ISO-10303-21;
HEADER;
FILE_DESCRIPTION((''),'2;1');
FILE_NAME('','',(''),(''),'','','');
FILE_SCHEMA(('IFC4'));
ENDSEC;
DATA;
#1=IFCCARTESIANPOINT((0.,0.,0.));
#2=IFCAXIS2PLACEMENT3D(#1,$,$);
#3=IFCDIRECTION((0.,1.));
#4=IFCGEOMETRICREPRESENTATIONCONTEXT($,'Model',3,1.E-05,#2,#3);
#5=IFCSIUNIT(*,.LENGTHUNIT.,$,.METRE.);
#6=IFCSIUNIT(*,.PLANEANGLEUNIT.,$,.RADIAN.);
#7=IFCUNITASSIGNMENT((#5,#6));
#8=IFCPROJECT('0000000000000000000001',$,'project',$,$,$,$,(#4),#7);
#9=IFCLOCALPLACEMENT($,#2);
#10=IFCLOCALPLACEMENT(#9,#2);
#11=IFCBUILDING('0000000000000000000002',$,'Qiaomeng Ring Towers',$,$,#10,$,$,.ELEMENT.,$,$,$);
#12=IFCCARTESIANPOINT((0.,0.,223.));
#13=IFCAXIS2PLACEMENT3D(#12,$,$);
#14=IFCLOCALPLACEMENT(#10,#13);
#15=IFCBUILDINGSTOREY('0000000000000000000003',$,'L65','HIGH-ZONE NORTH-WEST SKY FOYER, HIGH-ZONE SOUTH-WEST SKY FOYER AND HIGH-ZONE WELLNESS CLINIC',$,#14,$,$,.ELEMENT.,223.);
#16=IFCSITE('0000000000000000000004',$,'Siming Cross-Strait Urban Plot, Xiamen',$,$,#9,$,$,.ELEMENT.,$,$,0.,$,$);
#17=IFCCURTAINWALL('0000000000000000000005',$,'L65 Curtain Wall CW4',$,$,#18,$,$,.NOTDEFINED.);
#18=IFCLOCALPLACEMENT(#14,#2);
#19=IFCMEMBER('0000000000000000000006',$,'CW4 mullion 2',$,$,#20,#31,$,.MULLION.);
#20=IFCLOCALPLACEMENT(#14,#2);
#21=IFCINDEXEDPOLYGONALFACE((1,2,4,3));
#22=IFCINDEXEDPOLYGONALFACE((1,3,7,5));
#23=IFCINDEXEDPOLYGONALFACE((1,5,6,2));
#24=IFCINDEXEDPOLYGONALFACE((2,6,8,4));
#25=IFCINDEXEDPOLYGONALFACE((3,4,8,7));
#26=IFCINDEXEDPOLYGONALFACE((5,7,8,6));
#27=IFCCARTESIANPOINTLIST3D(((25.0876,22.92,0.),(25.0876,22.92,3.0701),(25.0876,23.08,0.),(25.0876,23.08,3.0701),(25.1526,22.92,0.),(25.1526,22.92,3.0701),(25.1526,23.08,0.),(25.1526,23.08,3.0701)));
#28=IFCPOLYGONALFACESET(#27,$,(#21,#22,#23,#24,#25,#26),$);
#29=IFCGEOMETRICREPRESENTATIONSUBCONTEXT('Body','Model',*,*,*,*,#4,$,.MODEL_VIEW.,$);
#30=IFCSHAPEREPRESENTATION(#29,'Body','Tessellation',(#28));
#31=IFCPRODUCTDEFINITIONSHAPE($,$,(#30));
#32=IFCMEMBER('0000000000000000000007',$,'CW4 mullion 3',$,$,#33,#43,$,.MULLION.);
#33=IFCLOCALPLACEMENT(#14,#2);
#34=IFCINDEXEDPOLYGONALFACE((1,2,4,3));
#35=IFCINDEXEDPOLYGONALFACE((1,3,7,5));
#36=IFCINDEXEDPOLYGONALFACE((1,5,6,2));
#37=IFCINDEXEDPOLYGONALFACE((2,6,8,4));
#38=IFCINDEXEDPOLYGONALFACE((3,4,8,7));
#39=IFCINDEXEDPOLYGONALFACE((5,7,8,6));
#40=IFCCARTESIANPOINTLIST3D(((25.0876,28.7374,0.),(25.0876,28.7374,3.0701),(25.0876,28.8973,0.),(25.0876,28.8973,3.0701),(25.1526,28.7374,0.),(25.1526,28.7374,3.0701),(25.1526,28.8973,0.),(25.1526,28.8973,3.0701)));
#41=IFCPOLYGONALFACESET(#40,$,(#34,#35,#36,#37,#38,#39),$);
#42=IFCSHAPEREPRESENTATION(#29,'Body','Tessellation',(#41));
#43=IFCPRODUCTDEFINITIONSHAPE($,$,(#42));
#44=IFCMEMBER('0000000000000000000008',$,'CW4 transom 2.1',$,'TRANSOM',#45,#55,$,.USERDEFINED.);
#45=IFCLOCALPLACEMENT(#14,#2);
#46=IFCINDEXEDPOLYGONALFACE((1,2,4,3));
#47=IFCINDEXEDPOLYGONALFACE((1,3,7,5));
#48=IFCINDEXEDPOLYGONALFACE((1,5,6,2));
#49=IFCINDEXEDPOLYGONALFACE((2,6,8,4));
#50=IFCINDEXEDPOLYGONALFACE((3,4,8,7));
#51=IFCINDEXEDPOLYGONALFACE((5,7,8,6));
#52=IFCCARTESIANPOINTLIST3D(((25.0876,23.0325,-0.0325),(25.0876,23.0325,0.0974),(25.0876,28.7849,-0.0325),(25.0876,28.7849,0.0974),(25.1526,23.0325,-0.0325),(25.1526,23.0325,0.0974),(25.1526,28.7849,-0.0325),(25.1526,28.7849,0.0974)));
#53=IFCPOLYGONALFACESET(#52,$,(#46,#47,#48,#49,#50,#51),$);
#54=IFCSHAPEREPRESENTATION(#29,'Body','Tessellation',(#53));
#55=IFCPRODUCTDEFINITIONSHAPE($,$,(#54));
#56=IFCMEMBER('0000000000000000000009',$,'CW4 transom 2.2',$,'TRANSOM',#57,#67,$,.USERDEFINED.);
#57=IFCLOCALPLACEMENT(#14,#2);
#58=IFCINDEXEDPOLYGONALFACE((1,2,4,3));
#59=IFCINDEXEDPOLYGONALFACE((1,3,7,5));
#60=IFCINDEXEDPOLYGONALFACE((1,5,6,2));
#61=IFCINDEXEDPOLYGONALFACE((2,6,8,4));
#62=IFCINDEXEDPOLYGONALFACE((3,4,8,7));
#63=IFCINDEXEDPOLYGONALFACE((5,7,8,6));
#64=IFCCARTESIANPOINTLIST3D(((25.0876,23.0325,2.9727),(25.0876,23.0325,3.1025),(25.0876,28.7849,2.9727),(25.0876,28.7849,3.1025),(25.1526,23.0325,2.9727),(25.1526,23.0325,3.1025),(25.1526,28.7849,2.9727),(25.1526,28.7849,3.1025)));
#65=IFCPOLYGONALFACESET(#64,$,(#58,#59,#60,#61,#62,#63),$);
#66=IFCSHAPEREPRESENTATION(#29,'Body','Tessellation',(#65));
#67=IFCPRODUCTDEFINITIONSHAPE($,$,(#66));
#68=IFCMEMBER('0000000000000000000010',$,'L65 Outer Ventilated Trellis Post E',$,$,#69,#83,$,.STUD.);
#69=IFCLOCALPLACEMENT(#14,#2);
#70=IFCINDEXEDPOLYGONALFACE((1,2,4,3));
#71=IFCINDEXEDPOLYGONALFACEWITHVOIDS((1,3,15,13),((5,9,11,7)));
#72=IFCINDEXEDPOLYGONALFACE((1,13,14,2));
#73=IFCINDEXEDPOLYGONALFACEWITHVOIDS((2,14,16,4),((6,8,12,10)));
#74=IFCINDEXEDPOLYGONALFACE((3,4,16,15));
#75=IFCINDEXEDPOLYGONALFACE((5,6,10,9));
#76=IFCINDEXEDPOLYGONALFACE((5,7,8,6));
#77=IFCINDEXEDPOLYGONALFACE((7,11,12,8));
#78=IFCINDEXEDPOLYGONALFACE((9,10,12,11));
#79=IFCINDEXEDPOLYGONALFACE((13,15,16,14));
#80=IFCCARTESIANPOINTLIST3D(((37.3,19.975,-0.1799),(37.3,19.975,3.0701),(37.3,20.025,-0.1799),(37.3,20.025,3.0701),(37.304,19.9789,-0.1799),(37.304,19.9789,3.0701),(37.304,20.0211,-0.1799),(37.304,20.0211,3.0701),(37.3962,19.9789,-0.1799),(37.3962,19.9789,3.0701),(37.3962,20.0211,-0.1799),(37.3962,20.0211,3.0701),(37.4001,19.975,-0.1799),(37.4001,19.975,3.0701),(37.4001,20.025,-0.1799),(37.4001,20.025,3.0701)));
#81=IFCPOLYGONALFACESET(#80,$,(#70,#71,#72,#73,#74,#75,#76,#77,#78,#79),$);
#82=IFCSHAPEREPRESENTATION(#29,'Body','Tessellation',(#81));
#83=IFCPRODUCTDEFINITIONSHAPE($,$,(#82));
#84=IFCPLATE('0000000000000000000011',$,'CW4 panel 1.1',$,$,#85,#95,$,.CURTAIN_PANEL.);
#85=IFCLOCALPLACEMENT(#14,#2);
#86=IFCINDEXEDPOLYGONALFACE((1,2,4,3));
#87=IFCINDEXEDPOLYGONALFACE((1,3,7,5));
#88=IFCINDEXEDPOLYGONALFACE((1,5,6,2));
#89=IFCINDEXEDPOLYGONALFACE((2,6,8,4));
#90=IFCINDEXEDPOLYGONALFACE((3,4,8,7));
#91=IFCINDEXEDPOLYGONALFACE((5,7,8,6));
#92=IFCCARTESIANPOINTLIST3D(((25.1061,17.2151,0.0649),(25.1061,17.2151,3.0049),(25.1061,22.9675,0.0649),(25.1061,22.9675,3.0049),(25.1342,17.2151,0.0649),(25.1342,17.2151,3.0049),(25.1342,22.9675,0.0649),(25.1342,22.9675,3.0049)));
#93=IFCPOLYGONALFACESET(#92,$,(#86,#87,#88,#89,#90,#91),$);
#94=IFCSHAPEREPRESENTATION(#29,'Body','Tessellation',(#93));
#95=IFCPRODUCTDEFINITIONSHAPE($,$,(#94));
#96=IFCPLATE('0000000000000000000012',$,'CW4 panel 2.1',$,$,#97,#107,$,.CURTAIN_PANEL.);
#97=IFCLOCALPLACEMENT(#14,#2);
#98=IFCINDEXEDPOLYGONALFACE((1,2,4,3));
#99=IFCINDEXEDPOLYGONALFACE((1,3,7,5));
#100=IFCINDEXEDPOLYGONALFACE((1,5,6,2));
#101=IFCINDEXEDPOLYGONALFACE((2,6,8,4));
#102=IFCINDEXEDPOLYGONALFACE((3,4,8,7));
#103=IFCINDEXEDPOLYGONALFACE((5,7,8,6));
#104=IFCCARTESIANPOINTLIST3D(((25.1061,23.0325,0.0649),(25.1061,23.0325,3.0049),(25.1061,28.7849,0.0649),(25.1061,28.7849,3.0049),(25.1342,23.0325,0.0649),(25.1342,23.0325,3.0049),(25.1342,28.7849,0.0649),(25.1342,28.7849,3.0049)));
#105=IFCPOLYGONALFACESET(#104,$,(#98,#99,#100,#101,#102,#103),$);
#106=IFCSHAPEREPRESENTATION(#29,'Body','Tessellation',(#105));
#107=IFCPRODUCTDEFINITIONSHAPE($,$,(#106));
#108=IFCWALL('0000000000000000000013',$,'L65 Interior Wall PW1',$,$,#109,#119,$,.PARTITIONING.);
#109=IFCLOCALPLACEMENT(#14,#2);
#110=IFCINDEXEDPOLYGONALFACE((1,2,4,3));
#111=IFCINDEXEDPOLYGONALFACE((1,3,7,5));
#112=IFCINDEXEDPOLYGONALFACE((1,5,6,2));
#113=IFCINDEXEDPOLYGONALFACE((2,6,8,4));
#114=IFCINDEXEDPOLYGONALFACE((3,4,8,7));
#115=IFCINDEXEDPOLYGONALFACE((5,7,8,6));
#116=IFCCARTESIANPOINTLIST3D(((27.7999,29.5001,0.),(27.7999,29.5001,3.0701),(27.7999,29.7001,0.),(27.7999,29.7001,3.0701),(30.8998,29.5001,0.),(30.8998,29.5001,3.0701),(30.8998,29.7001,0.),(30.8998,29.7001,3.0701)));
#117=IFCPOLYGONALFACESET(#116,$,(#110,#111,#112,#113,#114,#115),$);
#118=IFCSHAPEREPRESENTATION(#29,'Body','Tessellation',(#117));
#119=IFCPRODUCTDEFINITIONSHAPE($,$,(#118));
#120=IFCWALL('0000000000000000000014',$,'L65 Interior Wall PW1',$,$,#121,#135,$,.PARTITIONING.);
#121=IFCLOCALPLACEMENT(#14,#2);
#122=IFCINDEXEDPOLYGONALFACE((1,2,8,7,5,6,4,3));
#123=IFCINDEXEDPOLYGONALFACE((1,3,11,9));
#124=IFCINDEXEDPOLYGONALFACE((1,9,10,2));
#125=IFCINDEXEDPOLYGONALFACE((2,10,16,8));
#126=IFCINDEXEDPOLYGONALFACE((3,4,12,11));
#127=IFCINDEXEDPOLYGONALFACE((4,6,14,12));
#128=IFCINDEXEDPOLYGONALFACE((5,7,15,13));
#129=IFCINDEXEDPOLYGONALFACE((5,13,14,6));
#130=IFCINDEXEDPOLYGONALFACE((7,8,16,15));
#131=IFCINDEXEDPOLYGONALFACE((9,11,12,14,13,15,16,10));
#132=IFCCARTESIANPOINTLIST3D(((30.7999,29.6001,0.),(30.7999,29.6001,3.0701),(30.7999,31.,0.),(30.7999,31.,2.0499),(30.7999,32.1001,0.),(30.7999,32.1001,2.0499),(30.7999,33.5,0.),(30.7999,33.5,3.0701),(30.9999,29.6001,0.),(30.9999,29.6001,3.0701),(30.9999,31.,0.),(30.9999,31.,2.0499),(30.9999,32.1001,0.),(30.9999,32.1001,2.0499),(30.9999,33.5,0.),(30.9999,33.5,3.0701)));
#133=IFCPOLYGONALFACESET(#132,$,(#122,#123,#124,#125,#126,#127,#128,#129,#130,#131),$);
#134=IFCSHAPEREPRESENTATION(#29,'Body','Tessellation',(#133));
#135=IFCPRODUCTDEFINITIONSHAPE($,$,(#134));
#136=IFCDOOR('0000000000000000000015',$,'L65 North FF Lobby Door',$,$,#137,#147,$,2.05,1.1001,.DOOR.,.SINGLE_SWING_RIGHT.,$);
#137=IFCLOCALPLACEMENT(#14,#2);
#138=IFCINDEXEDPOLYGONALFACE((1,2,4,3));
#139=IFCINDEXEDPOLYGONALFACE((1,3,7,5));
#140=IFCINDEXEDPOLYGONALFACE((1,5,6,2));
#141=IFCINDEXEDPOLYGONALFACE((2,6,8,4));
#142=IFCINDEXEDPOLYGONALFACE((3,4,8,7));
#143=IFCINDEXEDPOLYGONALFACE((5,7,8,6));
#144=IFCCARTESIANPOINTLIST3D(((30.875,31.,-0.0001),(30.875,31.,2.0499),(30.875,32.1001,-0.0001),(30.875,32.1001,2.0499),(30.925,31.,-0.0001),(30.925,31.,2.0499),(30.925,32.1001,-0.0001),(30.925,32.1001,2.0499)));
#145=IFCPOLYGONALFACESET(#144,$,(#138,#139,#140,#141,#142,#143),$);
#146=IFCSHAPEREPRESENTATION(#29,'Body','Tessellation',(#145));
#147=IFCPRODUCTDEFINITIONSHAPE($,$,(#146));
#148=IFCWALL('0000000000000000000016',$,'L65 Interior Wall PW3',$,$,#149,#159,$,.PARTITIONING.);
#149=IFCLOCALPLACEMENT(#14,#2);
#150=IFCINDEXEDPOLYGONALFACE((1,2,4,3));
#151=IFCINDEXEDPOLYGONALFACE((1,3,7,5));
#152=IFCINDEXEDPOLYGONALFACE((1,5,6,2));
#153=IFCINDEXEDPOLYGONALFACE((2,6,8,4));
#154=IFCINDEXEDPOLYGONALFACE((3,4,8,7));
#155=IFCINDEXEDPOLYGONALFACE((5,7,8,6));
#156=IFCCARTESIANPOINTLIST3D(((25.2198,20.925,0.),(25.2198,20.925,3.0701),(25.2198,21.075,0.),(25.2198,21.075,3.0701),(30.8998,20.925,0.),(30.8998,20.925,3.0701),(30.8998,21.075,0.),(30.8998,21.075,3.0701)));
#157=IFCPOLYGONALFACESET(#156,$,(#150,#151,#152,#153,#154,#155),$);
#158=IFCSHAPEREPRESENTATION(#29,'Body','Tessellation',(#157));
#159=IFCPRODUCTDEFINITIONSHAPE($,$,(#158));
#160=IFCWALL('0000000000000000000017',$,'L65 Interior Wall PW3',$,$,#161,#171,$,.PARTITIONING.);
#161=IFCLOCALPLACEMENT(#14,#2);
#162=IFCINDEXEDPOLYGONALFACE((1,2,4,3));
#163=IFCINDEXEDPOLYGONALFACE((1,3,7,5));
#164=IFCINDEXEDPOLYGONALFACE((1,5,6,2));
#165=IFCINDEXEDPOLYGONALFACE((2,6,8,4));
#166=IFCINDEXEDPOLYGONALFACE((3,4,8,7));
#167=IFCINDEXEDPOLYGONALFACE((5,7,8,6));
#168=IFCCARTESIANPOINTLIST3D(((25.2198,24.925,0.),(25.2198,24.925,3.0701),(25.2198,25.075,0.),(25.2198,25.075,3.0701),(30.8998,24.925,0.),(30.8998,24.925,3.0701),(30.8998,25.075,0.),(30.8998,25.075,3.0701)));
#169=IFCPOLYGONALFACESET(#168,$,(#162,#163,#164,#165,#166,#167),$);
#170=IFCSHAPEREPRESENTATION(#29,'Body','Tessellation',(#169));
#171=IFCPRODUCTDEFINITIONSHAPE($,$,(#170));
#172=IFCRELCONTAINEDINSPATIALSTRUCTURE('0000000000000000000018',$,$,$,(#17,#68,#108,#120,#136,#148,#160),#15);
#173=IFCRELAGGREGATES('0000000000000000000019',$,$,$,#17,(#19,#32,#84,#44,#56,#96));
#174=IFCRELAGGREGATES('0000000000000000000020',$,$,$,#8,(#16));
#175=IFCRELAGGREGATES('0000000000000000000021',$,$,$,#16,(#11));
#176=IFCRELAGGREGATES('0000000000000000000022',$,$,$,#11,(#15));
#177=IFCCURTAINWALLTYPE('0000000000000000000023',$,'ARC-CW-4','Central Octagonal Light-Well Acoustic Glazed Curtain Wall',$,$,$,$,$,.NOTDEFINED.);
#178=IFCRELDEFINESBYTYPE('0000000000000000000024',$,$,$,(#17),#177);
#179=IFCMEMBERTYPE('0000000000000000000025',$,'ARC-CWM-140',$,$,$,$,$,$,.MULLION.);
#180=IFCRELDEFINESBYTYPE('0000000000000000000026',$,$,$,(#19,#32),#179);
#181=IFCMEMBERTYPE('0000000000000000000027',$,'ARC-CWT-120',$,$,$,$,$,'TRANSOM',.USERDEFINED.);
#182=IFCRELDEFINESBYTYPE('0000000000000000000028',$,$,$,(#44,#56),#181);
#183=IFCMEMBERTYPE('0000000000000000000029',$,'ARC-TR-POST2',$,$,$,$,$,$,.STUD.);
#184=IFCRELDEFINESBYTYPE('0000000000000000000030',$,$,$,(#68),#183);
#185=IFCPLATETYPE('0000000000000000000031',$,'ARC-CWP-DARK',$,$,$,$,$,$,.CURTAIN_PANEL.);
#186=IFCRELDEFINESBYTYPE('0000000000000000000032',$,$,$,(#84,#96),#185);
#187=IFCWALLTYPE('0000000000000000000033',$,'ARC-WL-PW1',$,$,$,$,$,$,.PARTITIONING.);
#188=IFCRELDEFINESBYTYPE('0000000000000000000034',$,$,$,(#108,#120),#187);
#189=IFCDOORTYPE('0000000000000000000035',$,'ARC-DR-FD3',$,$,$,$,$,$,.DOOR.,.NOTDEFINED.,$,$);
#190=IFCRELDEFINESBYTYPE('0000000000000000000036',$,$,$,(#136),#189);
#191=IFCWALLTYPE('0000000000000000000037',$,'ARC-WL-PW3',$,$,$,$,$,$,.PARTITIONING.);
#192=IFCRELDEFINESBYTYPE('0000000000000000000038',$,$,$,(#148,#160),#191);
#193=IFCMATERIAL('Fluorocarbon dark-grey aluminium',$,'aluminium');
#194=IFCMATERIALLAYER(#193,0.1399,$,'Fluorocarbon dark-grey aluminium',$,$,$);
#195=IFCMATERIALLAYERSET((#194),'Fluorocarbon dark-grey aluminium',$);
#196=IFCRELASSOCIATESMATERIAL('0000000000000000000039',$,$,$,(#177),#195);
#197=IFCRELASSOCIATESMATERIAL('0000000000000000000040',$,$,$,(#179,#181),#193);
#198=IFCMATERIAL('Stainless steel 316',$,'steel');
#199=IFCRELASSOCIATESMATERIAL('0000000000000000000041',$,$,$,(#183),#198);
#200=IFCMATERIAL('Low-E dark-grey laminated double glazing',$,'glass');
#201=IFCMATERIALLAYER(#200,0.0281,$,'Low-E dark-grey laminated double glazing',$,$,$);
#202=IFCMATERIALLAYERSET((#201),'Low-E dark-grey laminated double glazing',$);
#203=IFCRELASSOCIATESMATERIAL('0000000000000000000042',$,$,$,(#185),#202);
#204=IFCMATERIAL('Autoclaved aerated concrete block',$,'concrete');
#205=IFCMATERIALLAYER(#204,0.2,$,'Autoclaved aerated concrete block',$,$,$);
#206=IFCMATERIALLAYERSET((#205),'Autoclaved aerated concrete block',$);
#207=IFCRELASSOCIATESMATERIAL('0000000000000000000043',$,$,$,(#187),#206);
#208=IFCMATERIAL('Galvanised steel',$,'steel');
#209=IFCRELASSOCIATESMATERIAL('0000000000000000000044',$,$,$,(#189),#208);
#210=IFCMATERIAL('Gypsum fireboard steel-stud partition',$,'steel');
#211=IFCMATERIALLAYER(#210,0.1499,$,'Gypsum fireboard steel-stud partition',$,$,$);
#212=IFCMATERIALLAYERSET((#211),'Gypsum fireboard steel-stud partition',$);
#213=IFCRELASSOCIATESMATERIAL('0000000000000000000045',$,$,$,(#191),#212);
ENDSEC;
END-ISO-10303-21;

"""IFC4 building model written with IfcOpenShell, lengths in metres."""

from ifc_helpers import new_model, si_unit, direction, frame, frame_2d, origin, origin_2d, place, context, subcontext, project, spatial, rectangle, hollow_rectangle, extrude, source, transform, mapped, material, layer, layer_set, material_profile, profile_set, type_object, element, fill, aggregate, save


model = new_model("IFC4")

# Units and contexts
model_context = context("Model", 3, precision=1e-05, world=origin(), true_north=direction((0.0, 1.0)))
body_context = subcontext(model_context, "Body", "Model", "MODEL_VIEW")
ifc_project = project(units=[si_unit("LENGTHUNIT", "METRE"), si_unit("PLANEANGLEUNIT", "RADIAN")], contexts=[model_context])

# Site, building, storey
site_placement = place(None, origin())
site = spatial("IfcSite", under=ifc_project, at=site_placement, Name="Siming Cross-Strait Urban Plot, Xiamen", CompositionType="ELEMENT", RefElevation=0.0)
building_placement = place(site_placement, origin())
building = spatial("IfcBuilding", under=site, at=building_placement, Name="Qiaomeng Ring Towers", CompositionType="ELEMENT")
storey_placement = place(building_placement, frame((0.0, 0.0, 223.0)))
storey = spatial("IfcBuildingStorey", under=building, at=storey_placement, Name="L65", Description="HIGH-ZONE NORTH-WEST SKY FOYER, HIGH-ZONE SOUTH-WEST SKY FOYER AND HIGH-ZONE WELLNESS CLINIC", CompositionType="ELEMENT", Elevation=223.0)

# Curtain wall, members
ifc_material_1 = material(Name="Fluorocarbon dark-grey aluminium", Category="aluminium")
ifc_layer_1 = layer(ifc_material_1, 0.1399, Name="Fluorocarbon dark-grey aluminium")
ifc_layer_set_1 = layer_set([ifc_layer_1], Name="Fluorocarbon dark-grey aluminium")
curtain_wall_type = type_object("IfcCurtainWallType", Name="ARC-CW-4", Description="Central Octagonal Light-Well Acoustic Glazed Curtain Wall", PredefinedType="NOTDEFINED", material=ifc_layer_set_1)
curtain_wall_placement = place(storey_placement, origin())
curtain_wall = element("IfcCurtainWall", 1, at=curtain_wall_placement, inside=storey, type_object=curtain_wall_type, Name="L65 Curtain Wall CW4", PredefinedType="NOTDEFINED")
ifc_material_profile_1 = material_profile(ifc_material_1, rectangle(XDim=0.0649, YDim=0.1599, at=origin_2d()), Name="ALU MULL 65x160")
ifc_profile_set_1 = profile_set([ifc_material_profile_1], Name="Fluorocarbon dark-grey aluminium")
member_type_1 = type_object("IfcMemberType", Name="ARC-CWM-140", PredefinedType="MULLION", material=ifc_profile_set_1)
shared_shape_1 = source(origin(), body_context, "Body", "SweptSolid", [
    extrude(rectangle(XDim=0.0649, YDim=0.1599, at=origin_2d()), origin(), (0.0, 0.0, 1.0), 3.0701),
])
member_1_placement = place(storey_placement, frame((25.1201, 23.0, 0.0), z_axis=(0.0, 0.0, 1.0), x_axis=(-1.0, 0.0, 0.0)))
member_1 = element("IfcMember", 2, at=member_1_placement, type_object=member_type_1, Name="CW4 mullion 2", PredefinedType="MULLION", context=body_context, shape_type="MappedRepresentation", body=[
    mapped(shared_shape_1, transform((0.0, 0.0, 0.0), x_axis=(1.0, 0.0, 0.0), y_axis=(0.0, 1.0, 0.0), z_axis=(0.0, 0.0, 1.0), scale=1.0)),
])
member_2_placement = place(storey_placement, frame((25.1201, 28.8174, 0.0), z_axis=(0.0, 0.0, 1.0), x_axis=(-1.0, 0.0, 0.0)))
member_2 = element("IfcMember", 3, at=member_2_placement, type_object=member_type_1, Name="CW4 mullion 3", PredefinedType="MULLION", context=body_context, shape_type="MappedRepresentation", body=[
    mapped(shared_shape_1, transform((0.0, 0.0, 0.0), x_axis=(1.0, 0.0, 0.0), y_axis=(0.0, 1.0, 0.0), z_axis=(0.0, 0.0, 1.0), scale=1.0)),
])
ifc_material_profile_2 = material_profile(ifc_material_1, rectangle(XDim=0.0649, YDim=0.1299, at=origin_2d()), Name="ALU TRAN 65x130")
ifc_profile_set_2 = profile_set([ifc_material_profile_2], Name="Fluorocarbon dark-grey aluminium")
member_type_2 = type_object("IfcMemberType", Name="ARC-CWT-120", ElementType="TRANSOM", PredefinedType="USERDEFINED", material=ifc_profile_set_2)
shared_shape_2 = source(origin(), body_context, "Body", "SweptSolid", [
    extrude(rectangle(XDim=0.0649, YDim=0.1299, at=origin_2d()), origin(), (0.0, 0.0, 1.0), 5.7524),
])
member_3_placement = place(storey_placement, frame((25.1201, 23.0325, 0.0325), z_axis=(0.0, 1.0, 0.0), x_axis=(-1.0, 0.0, 0.0)))
member_3 = element("IfcMember", 4, at=member_3_placement, type_object=member_type_2, Name="CW4 transom 2.1", ObjectType="TRANSOM", PredefinedType="USERDEFINED", context=body_context, shape_type="MappedRepresentation", body=[
    mapped(shared_shape_2, transform((0.0, 0.0, 0.0), x_axis=(1.0, 0.0, 0.0), y_axis=(0.0, 1.0, 0.0), z_axis=(0.0, 0.0, 1.0), scale=1.0)),
])
member_4_placement = place(storey_placement, frame((25.1201, 23.0325, 3.0376), z_axis=(0.0, 1.0, 0.0), x_axis=(-1.0, 0.0, 0.0)))
member_4 = element("IfcMember", 5, at=member_4_placement, type_object=member_type_2, Name="CW4 transom 2.2", ObjectType="TRANSOM", PredefinedType="USERDEFINED", context=body_context, shape_type="MappedRepresentation", body=[
    mapped(shared_shape_2, transform((0.0, 0.0, 0.0), x_axis=(1.0, 0.0, 0.0), y_axis=(0.0, 1.0, 0.0), z_axis=(0.0, 0.0, 1.0), scale=1.0)),
])

# Member
ifc_material_2 = material(Name="Stainless steel 316", Category="steel")
ifc_material_profile_3 = material_profile(ifc_material_2, hollow_rectangle(XDim=0.05, YDim=0.1001, WallThickness=0.0039, at=origin_2d()), Name="SS TRELLIS 100x50")
ifc_profile_set_3 = profile_set([ifc_material_profile_3], Name="Stainless steel 316")
member_type_3 = type_object("IfcMemberType", Name="ARC-TR-POST2", PredefinedType="STUD", material=ifc_profile_set_3)
shared_shape_3 = source(origin(), body_context, "Body", "SweptSolid", [
    extrude(hollow_rectangle(XDim=0.05, YDim=0.1001, WallThickness=0.0039, at=origin_2d()), origin(), (0.0, 0.0, 1.0), 3.25),
])
member_5_placement = place(storey_placement, frame((37.3501, 20.0, -0.1799), z_axis=(0.0, 0.0, 1.0), x_axis=(0.0, 1.0, 0.0)))
element("IfcMember", 6, at=member_5_placement, inside=storey, type_object=member_type_3, Name="L65 Outer Ventilated Trellis Post E", PredefinedType="STUD", context=body_context, shape_type="MappedRepresentation", body=[
    mapped(shared_shape_3, transform((0.0, 0.0, 0.0), x_axis=(1.0, 0.0, 0.0), y_axis=(0.0, 1.0, 0.0), z_axis=(0.0, 0.0, 1.0), scale=1.0)),
])

# Plates
ifc_material_3 = material(Name="Low-E dark-grey laminated double glazing", Category="glass")
ifc_layer_2 = layer(ifc_material_3, 0.0281, Name="Low-E dark-grey laminated double glazing")
ifc_layer_set_2 = layer_set([ifc_layer_2], Name="Low-E dark-grey laminated double glazing")
plate_type = type_object("IfcPlateType", Name="ARC-CWP-DARK", PredefinedType="CURTAIN_PANEL", material=ifc_layer_set_2)
shared_shape_4 = source(origin(), body_context, "Body", "SweptSolid", [
    extrude(rectangle(XDim=5.7524, YDim=0.0281, at=origin_2d()), origin(), (0.0, 0.0, 1.0), 2.9399),
])
plate_1_placement = place(storey_placement, frame((25.1201, 20.0913, 0.0649), z_axis=(0.0, 0.0, 1.0), x_axis=(0.0, 1.0, 0.0)))
plate_1 = element("IfcPlate", 7, at=plate_1_placement, type_object=plate_type, Name="CW4 panel 1.1", PredefinedType="CURTAIN_PANEL", context=body_context, shape_type="MappedRepresentation", body=[
    mapped(shared_shape_4, transform((0.0, 0.0, 0.0), x_axis=(1.0, 0.0, 0.0), y_axis=(0.0, 1.0, 0.0), z_axis=(0.0, 0.0, 1.0), scale=1.0)),
])
plate_2_placement = place(storey_placement, frame((25.1201, 25.9087, 0.0649), z_axis=(0.0, 0.0, 1.0), x_axis=(0.0, 1.0, 0.0)))
plate_2 = element("IfcPlate", 8, at=plate_2_placement, type_object=plate_type, Name="CW4 panel 2.1", PredefinedType="CURTAIN_PANEL", context=body_context, shape_type="MappedRepresentation", body=[
    mapped(shared_shape_4, transform((0.0, 0.0, 0.0), x_axis=(1.0, 0.0, 0.0), y_axis=(0.0, 1.0, 0.0), z_axis=(0.0, 0.0, 1.0), scale=1.0)),
])
aggregate(curtain_wall, [member_1, member_2, plate_1, member_3, member_4, plate_2])

# Wall
ifc_material_4 = material(Name="Autoclaved aerated concrete block", Category="concrete")
ifc_layer_3 = layer(ifc_material_4, 0.2, Name="Autoclaved aerated concrete block")
ifc_layer_set_3 = layer_set([ifc_layer_3], Name="Autoclaved aerated concrete block")
wall_type_1 = type_object("IfcWallType", Name="ARC-WL-PW1", PredefinedType="PARTITIONING", material=ifc_layer_set_3)
wall_1_placement = place(storey_placement, frame((27.8, 29.6001, 0.0), z_axis=(0.0, 0.0, 1.0), x_axis=(1.0, 0.0, 0.0)))
element("IfcWall", 9, at=wall_1_placement, inside=storey, type_object=wall_type_1, Name="L65 Interior Wall PW1", PredefinedType="PARTITIONING", context=body_context, shape_type="SweptSolid", body=[
    extrude(rectangle(XDim=3.0999, YDim=0.2, at=frame_2d((1.5498, 0.0))), origin(), (0.0, 0.0, 1.0), 3.0701),
])

# Wall, opening, door
wall_2_placement = place(storey_placement, frame((30.8999, 29.6001, 0.0), z_axis=(0.0, 0.0, 1.0), x_axis=(0.0, 1.0, 0.0)))
wall_2 = element("IfcWall", 10, at=wall_2_placement, inside=storey, type_object=wall_type_1, Name="L65 Interior Wall PW1", PredefinedType="PARTITIONING", context=body_context, shape_type="SweptSolid", body=[
    extrude(rectangle(XDim=3.8999, YDim=0.2, at=frame_2d((1.95, 0.0))), origin(), (0.0, 0.0, 1.0), 3.0701),
])
opening_1_placement = place(wall_2_placement, frame((1.3999, 0.0, 0.0)))
opening_1 = element("IfcOpeningElement", 11, at=opening_1_placement, cuts=wall_2, PredefinedType="OPENING", context=body_context, shape_type="SweptSolid", body=[
    extrude(rectangle(XDim=1.1001, YDim=2.05, at=frame_2d((0.55, 1.0249))), frame((0.0, 0.1099, 0.0), z_axis=(0.0, -1.0, 0.0), x_axis=(1.0, 0.0, 0.0)), (0.0, 0.0, 1.0), 0.22),
])
ifc_material_5 = material(Name="Galvanised steel", Category="steel")
door_type_1 = type_object("IfcDoorType", Name="ARC-DR-FD3", OperationType="NOTDEFINED", PredefinedType="DOOR", material=ifc_material_5)
shared_shape_5 = source(origin(), body_context, "Body", "SweptSolid", [
    extrude(rectangle(XDim=1.1001, YDim=2.05, at=frame_2d((0.55, 1.0249))), frame((0.0, 0.0249, 0.0), z_axis=(0.0, -1.0, 0.0), x_axis=(1.0, 0.0, 0.0)), (0.0, 0.0, 1.0), 0.05),
])
door_1_placement = place(opening_1_placement, origin())
door_1 = element("IfcDoor", 12, at=door_1_placement, inside=storey, type_object=door_type_1, Name="L65 North FF Lobby Door", OperationType="SINGLE_SWING_RIGHT", OverallHeight=2.05, OverallWidth=1.1001, PredefinedType="DOOR", context=body_context, shape_type="MappedRepresentation", body=[
    mapped(shared_shape_5, transform((0.0, 0.0, 0.0), x_axis=(1.0, 0.0, 0.0), y_axis=(0.0, 1.0, 0.0), z_axis=(0.0, 0.0, 1.0), scale=1.0)),
])
fill(opening_1, door_1)

# Walls
ifc_material_6 = material(Name="Gypsum fireboard steel-stud partition", Category="steel")
ifc_layer_4 = layer(ifc_material_6, 0.1499, Name="Gypsum fireboard steel-stud partition")
ifc_layer_set_4 = layer_set([ifc_layer_4], Name="Gypsum fireboard steel-stud partition")
wall_type_2 = type_object("IfcWallType", Name="ARC-WL-PW3", PredefinedType="PARTITIONING", material=ifc_layer_set_4)
for number, where, z_axis, x_axis, name in (
    (13, (25.22, 21.0, 0.0), (0.0, 0.0, 1.0), (1.0, 0.0, 0.0), "L65 Interior Wall PW3"),
    (14, (25.22, 25.0, 0.0), (0.0, 0.0, 1.0), (1.0, 0.0, 0.0), "L65 Interior Wall PW3"),
):
    element("IfcWall", number, at=place(storey_placement, frame(where, z_axis=z_axis, x_axis=x_axis)), inside=storey, type_object=wall_type_2, Name=name, PredefinedType="PARTITIONING", context=body_context, shape_type="SweptSolid", body=[
        extrude(rectangle(XDim=5.6799, YDim=0.1499, at=frame_2d((2.8398, 0.0))), origin(), (0.0, 0.0, 1.0), 3.0701),
    ])

save(model, "model.ifc")
